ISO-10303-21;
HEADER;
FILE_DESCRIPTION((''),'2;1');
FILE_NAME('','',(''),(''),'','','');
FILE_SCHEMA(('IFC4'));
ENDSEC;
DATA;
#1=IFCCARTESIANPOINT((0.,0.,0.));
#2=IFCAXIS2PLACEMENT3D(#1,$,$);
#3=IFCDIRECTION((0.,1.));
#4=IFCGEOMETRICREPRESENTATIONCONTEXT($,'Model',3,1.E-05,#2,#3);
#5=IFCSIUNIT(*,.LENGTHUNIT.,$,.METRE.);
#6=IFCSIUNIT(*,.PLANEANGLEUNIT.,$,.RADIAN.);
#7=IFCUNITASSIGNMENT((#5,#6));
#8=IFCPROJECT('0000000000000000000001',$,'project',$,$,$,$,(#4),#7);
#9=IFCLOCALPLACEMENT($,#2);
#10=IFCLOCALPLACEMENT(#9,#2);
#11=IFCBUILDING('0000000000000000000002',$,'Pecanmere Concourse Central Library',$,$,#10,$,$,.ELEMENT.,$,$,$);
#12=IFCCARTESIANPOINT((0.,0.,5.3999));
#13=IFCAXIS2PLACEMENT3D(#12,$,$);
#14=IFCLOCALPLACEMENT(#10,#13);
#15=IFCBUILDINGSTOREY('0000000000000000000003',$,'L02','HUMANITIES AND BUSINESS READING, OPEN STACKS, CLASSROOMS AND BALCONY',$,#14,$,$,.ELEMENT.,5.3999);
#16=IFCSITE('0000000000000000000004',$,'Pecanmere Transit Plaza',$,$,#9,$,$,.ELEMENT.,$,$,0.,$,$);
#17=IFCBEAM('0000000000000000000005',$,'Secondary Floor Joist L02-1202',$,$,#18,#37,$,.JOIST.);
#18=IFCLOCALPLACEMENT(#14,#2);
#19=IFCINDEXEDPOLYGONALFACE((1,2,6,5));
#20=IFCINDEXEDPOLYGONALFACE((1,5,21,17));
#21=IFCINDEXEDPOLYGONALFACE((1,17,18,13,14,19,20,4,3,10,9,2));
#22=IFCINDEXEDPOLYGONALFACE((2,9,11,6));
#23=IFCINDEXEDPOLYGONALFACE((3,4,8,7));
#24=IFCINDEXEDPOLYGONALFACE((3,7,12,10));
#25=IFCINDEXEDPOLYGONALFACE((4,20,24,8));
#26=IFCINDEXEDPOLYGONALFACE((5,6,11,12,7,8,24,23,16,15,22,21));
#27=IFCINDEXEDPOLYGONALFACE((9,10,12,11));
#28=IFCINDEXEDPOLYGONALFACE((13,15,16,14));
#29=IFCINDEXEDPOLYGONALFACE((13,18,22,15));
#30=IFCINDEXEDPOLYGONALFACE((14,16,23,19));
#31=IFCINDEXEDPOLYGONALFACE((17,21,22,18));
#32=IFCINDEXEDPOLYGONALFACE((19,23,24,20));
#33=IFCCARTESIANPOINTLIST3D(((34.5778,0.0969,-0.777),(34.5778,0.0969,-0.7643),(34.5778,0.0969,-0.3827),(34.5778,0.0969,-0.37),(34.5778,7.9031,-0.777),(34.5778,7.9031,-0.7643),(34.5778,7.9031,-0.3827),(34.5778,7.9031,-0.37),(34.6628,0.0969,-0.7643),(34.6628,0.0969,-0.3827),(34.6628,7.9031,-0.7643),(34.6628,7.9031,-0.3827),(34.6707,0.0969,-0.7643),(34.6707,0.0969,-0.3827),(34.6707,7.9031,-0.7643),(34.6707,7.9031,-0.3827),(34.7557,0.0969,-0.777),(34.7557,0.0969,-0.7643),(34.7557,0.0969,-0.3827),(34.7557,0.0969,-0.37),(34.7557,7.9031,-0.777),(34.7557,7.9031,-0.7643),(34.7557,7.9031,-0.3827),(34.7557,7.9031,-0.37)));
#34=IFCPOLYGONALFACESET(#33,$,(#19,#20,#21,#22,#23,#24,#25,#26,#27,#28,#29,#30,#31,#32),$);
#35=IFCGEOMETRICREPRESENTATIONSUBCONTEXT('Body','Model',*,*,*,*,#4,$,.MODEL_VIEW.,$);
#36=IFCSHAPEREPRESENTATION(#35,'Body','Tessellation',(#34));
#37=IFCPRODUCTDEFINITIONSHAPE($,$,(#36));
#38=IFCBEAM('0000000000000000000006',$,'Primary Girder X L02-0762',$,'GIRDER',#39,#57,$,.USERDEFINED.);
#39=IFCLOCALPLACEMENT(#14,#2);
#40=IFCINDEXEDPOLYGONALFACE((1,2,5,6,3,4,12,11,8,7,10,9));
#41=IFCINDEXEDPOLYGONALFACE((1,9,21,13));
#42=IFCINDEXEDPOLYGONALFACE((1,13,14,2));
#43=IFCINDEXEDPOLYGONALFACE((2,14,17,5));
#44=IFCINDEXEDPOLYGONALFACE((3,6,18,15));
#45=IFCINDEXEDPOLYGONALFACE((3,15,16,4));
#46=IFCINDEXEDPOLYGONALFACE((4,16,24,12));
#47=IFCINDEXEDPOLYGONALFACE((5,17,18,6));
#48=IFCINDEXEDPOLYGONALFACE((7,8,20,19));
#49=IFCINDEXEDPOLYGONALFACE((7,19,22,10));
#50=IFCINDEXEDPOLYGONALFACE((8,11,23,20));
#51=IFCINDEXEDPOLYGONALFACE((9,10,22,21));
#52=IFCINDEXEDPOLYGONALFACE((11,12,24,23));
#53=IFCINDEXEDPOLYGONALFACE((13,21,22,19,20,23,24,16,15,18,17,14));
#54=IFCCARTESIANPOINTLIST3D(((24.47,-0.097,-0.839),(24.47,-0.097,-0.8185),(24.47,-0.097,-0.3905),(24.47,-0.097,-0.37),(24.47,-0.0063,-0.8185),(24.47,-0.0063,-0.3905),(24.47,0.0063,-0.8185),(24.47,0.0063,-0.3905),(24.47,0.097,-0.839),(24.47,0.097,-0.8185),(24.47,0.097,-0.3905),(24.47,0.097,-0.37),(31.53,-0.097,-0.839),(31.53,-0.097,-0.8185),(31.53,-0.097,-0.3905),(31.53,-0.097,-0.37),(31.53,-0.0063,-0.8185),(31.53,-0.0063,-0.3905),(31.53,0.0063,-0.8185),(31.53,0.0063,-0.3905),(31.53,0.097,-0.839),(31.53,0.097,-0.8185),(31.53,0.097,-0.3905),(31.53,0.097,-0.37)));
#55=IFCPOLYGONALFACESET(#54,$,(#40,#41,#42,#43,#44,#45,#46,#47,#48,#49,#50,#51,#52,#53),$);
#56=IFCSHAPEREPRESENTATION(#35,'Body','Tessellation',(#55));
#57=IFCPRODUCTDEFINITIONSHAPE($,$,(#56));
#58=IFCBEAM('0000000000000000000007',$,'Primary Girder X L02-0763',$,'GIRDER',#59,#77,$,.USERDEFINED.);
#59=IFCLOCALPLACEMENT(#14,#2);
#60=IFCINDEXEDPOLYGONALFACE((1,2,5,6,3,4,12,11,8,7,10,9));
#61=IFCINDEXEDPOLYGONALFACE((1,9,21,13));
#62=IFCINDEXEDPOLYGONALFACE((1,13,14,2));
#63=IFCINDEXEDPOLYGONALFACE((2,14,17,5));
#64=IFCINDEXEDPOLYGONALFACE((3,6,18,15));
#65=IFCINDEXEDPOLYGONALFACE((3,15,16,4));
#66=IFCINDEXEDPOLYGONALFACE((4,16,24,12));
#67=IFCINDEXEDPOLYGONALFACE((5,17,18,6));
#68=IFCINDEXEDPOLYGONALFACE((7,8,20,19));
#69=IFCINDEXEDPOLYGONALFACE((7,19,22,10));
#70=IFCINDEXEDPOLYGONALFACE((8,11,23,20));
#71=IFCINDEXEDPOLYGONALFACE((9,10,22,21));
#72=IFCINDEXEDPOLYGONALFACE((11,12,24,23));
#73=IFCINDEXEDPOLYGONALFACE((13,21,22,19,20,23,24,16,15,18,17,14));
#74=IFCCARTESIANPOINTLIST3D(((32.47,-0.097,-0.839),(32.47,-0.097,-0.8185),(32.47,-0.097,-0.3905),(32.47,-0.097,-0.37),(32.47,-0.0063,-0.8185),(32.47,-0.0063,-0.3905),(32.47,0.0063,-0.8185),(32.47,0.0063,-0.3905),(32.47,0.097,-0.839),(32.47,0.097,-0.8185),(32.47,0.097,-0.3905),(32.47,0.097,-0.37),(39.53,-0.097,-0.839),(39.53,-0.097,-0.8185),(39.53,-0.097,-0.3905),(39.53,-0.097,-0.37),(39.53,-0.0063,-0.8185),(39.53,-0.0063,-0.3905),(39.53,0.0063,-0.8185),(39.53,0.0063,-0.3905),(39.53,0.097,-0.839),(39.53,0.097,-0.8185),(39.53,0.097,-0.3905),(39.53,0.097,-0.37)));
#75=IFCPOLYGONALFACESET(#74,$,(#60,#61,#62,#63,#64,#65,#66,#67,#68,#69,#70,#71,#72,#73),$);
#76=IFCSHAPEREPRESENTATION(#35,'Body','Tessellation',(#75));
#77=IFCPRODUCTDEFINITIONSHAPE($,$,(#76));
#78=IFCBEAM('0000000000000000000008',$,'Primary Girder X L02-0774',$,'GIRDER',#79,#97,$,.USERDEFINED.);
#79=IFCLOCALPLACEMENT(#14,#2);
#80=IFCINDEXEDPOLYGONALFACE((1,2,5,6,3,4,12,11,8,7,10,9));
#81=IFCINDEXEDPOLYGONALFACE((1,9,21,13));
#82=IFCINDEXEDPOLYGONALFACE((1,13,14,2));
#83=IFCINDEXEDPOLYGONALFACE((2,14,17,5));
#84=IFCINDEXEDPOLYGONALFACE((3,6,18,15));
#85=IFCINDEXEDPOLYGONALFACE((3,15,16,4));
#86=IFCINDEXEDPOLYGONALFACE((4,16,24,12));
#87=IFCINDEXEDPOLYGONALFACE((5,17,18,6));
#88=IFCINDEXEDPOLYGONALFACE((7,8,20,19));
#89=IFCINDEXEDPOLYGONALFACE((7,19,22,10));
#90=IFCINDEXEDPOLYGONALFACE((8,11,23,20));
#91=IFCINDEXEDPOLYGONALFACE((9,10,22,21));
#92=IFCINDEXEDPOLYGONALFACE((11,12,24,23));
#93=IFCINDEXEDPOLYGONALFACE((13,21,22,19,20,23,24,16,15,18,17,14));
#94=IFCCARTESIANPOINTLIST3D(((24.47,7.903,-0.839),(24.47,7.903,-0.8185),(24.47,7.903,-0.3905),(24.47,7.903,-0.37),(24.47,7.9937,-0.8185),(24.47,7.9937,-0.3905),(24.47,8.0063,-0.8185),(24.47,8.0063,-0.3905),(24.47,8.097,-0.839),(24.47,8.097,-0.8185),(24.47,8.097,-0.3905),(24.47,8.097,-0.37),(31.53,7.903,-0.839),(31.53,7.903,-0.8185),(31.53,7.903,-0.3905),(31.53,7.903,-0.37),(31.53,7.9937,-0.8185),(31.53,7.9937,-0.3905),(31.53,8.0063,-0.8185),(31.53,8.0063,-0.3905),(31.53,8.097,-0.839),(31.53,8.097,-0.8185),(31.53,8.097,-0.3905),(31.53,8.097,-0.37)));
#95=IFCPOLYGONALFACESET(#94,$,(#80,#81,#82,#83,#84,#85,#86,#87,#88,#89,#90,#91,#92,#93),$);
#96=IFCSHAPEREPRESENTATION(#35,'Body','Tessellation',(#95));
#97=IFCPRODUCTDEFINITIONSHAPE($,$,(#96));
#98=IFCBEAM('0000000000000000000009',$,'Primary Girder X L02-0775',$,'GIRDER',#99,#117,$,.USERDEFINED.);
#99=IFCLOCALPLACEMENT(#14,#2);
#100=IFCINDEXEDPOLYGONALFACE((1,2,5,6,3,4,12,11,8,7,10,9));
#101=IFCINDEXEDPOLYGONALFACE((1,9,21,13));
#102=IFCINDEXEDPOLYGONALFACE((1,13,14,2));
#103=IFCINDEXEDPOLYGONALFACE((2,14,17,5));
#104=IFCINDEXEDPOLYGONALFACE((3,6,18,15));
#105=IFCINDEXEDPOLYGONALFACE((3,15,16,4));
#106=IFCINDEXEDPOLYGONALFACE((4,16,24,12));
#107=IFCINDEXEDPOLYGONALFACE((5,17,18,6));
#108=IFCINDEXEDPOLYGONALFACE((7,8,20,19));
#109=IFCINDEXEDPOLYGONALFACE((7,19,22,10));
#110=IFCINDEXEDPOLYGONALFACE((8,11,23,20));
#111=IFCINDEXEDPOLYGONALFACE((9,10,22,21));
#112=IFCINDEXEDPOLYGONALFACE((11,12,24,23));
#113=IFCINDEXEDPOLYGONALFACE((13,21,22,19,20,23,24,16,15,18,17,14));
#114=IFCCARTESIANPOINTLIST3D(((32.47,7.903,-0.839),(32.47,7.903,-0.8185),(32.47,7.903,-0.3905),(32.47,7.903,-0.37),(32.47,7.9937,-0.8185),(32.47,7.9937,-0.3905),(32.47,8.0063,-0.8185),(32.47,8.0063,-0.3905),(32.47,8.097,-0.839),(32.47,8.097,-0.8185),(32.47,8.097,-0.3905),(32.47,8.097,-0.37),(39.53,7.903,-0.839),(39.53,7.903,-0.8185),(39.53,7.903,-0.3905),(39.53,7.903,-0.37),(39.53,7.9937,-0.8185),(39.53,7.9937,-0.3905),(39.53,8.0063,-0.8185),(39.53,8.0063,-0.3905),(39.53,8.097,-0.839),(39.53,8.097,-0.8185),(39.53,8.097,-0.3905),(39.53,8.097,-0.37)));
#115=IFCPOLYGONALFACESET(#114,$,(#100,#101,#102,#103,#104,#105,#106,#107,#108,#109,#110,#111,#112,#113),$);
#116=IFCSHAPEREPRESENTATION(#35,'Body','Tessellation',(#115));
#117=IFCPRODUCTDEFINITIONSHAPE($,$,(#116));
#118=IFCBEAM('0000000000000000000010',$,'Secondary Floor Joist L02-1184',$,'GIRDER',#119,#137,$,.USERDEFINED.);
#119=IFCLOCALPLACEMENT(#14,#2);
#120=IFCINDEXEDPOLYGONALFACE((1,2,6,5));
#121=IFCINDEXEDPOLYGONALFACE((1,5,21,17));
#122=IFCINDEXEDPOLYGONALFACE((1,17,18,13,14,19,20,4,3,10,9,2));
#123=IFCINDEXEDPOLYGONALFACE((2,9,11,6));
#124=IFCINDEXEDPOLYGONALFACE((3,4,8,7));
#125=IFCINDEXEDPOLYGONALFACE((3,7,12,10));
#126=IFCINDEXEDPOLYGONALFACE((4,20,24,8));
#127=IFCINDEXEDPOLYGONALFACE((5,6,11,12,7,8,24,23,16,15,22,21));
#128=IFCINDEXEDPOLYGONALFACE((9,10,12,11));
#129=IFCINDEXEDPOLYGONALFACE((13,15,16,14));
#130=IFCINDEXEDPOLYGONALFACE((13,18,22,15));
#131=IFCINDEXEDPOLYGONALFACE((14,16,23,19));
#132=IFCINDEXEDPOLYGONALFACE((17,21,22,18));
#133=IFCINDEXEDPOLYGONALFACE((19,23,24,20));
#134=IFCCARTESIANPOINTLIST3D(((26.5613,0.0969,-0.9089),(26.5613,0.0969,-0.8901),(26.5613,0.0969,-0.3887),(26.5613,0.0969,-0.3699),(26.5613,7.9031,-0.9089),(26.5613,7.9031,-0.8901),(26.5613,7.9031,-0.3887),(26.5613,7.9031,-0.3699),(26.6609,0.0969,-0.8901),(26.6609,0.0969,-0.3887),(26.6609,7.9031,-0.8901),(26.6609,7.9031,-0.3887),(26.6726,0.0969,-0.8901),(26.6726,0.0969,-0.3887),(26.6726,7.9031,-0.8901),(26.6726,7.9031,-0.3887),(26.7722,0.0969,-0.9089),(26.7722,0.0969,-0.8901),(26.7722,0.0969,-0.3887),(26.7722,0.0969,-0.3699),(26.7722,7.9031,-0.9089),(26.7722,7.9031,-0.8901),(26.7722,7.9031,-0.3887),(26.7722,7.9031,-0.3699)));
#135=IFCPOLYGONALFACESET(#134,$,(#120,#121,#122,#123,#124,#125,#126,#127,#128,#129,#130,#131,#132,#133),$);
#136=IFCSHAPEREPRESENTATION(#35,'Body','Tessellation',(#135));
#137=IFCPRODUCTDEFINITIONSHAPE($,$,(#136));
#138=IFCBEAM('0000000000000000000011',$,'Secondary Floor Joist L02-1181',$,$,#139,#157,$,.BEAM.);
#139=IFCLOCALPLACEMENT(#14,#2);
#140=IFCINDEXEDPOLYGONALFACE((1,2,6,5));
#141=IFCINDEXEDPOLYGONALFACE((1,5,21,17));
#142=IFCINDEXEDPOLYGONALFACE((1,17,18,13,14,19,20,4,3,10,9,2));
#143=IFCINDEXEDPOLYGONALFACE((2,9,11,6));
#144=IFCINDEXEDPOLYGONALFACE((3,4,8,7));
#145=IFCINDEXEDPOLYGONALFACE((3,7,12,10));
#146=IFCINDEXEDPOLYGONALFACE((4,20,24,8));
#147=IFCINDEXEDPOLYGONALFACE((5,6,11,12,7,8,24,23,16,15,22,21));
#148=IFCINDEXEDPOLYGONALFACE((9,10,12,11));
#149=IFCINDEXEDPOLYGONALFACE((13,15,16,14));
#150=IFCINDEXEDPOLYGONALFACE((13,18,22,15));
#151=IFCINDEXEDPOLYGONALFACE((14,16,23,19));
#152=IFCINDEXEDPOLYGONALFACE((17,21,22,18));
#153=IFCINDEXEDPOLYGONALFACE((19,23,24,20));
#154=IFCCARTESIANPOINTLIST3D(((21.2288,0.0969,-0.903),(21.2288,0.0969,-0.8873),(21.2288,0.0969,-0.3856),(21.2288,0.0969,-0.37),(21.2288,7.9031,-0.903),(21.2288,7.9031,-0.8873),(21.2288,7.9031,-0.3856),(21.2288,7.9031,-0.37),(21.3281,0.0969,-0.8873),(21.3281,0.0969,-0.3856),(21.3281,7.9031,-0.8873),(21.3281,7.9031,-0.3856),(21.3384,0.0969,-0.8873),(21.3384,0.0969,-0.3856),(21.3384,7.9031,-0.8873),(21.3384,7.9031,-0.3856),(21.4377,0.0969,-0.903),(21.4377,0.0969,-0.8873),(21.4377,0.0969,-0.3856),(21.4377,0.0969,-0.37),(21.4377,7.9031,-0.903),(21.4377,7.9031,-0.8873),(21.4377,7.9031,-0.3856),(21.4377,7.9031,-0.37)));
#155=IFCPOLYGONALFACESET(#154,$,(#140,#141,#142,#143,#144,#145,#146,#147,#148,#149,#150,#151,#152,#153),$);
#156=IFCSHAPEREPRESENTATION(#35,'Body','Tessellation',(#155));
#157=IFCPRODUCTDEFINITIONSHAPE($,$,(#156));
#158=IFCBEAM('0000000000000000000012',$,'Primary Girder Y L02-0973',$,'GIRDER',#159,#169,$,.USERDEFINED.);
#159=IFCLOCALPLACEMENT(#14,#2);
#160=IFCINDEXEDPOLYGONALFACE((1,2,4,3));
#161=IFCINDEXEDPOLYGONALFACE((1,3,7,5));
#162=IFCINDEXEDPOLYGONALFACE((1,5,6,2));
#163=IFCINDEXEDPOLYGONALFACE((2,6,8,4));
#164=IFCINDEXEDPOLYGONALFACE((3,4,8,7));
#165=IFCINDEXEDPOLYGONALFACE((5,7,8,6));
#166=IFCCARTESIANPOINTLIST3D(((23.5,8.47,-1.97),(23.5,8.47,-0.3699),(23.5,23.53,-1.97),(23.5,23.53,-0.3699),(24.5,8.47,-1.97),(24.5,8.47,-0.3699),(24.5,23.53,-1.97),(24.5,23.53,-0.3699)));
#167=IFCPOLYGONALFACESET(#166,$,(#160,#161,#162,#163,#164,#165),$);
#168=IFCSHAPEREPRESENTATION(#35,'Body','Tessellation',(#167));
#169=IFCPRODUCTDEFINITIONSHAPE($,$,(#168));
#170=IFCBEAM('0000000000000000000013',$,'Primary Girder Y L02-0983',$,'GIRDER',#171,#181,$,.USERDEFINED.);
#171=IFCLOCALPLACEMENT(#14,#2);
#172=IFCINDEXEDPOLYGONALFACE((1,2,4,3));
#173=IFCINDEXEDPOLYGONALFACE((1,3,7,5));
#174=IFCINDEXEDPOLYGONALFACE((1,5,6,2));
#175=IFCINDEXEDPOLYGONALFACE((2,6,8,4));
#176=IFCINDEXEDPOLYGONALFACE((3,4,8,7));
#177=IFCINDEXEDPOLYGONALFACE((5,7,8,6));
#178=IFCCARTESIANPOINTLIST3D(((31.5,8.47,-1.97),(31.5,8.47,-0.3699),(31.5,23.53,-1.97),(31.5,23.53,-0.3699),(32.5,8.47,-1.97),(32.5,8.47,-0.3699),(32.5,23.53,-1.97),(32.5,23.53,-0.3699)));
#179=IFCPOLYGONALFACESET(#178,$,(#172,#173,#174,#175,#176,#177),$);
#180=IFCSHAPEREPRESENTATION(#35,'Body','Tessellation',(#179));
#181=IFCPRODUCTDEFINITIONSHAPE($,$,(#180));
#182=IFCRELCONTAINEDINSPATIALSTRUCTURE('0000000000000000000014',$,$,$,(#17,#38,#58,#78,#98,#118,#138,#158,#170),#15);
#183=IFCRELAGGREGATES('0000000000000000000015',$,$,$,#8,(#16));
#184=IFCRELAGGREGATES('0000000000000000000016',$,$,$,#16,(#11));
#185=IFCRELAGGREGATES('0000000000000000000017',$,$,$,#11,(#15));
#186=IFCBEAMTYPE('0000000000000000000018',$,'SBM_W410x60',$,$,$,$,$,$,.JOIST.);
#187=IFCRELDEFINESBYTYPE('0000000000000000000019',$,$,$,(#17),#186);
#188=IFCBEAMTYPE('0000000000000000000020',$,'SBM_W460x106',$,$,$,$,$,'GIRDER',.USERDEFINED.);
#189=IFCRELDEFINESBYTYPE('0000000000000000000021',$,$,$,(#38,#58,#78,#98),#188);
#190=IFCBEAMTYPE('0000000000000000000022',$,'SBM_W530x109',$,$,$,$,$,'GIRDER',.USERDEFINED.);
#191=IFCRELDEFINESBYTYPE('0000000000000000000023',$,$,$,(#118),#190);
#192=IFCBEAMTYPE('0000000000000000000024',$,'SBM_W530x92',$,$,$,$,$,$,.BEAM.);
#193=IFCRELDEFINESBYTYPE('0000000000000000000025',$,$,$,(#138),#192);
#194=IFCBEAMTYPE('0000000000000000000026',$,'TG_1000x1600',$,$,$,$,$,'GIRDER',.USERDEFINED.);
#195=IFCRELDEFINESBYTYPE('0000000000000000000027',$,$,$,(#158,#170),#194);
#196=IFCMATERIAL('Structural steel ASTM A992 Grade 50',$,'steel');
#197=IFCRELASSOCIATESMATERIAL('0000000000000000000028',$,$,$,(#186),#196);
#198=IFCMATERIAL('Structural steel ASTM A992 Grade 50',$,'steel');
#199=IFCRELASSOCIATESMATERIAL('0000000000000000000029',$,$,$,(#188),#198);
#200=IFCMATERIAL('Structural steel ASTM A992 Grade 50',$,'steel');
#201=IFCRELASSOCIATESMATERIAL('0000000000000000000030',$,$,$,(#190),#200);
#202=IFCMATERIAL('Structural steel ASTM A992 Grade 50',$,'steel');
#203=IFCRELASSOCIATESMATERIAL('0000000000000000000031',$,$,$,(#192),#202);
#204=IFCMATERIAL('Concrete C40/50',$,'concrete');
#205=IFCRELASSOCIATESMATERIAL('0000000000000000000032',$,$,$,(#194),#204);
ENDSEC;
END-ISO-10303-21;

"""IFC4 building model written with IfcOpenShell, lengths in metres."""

from ifc_helpers import new_model, si_unit, direction, frame, origin, origin_2d, place, context, subcontext, project, spatial, rectangle, i_section, extrude, material, material_profile, profile_set, type_object, element, save


model = new_model("IFC4")

# Units and contexts
model_context = context("Model", 3, precision=1e-05, world=origin(), true_north=direction((0.0, 1.0)))
body_context = subcontext(model_context, "Body", "Model", "MODEL_VIEW")
ifc_project = project(units=[si_unit("LENGTHUNIT", "METRE"), si_unit("PLANEANGLEUNIT", "RADIAN")], contexts=[model_context])

# Site, building, storey
site_placement = place(None, origin())
site = spatial("IfcSite", under=ifc_project, at=site_placement, Name="Pecanmere Transit Plaza", CompositionType="ELEMENT", RefElevation=0.0)
building_placement = place(site_placement, origin())
building = spatial("IfcBuilding", under=site, at=building_placement, Name="Pecanmere Concourse Central Library", CompositionType="ELEMENT")
storey_placement = place(building_placement, frame((0.0, 0.0, 5.3999)))
storey = spatial("IfcBuildingStorey", under=building, at=storey_placement, Name="L02", Description="HUMANITIES AND BUSINESS READING, OPEN STACKS, CLASSROOMS AND BALCONY", CompositionType="ELEMENT", Elevation=5.3999)

# Beams
ifc_material_1 = material(Name="Structural steel ASTM A992 Grade 50", Category="steel")
ifc_material_profile_1 = material_profile(ifc_material_1, i_section(OverallWidth=0.178, OverallDepth=0.407, WebThickness=0.0078, FlangeThickness=0.0127, at=origin_2d()), Name="W410x60")
ifc_profile_set_1 = profile_set([ifc_material_profile_1], Name="Structural steel ASTM A992 Grade 50")
beam_type_1 = type_object("IfcBeamType", Name="SBM_W410x60", PredefinedType="JOIST", material=ifc_profile_set_1)
beam_1_placement = place(storey_placement, frame((34.6667, 0.0969, -0.5735), z_axis=(0.0, 1.0, 0.0), x_axis=(-1.0, 0.0, 0.0)))
element("IfcBeam", 1, at=beam_1_placement, inside=storey, type_object=beam_type_1, Name="Secondary Floor Joist L02-1202", PredefinedType="JOIST", context=body_context, shape_type="SweptSolid", body=[
    extrude(i_section(OverallWidth=0.178, OverallDepth=0.407, WebThickness=0.0078, FlangeThickness=0.0127, at=origin_2d()), origin(), (0.0, 0.0, 1.0), 7.8062),
])
ifc_material_2 = material(Name="Structural steel ASTM A992 Grade 50", Category="steel")
ifc_material_profile_2 = material_profile(ifc_material_2, i_section(OverallWidth=0.1941, OverallDepth=0.469, WebThickness=0.0127, FlangeThickness=0.0205, at=origin_2d()), Name="W460x106")
ifc_profile_set_2 = profile_set([ifc_material_profile_2], Name="Structural steel ASTM A992 Grade 50")
beam_type_2 = type_object("IfcBeamType", Name="SBM_W460x106", ElementType="GIRDER", PredefinedType="USERDEFINED", material=ifc_profile_set_2)
for number, where, z_axis, x_axis, name in (
    (2, (24.47, 0.0, -0.6045), (1.0, 0.0, 0.0), (0.0, 1.0, 0.0), "Primary Girder X L02-0762"),
    (3, (32.47, 0.0, -0.6045), (1.0, 0.0, 0.0), (0.0, 1.0, 0.0), "Primary Girder X L02-0763"),
    (4, (24.47, 8.0, -0.6045), (1.0, 0.0, 0.0), (0.0, 1.0, 0.0), "Primary Girder X L02-0774"),
    (5, (32.47, 8.0, -0.6045), (1.0, 0.0, 0.0), (0.0, 1.0, 0.0), "Primary Girder X L02-0775"),
):
    element("IfcBeam", number, at=place(storey_placement, frame(where, z_axis=z_axis, x_axis=x_axis)), inside=storey, type_object=beam_type_2, Name=name, ObjectType="GIRDER", PredefinedType="USERDEFINED", context=body_context, shape_type="SweptSolid", body=[
        extrude(i_section(OverallWidth=0.1941, OverallDepth=0.469, WebThickness=0.0127, FlangeThickness=0.0205, at=origin_2d()), origin(), (0.0, 0.0, 1.0), 7.0601),
    ])
ifc_material_3 = material(Name="Structural steel ASTM A992 Grade 50", Category="steel")
ifc_material_profile_3 = material_profile(ifc_material_3, i_section(OverallWidth=0.2109, OverallDepth=0.5391, WebThickness=0.0117, FlangeThickness=0.0188, at=origin_2d()), Name="W530x109")
ifc_profile_set_3 = profile_set([ifc_material_profile_3], Name="Structural steel ASTM A992 Grade 50")
beam_type_3 = type_object("IfcBeamType", Name="SBM_W530x109", ElementType="GIRDER", PredefinedType="USERDEFINED", material=ifc_profile_set_3)
beam_2_placement = place(storey_placement, frame((26.6667, 0.0969, -0.6394), z_axis=(0.0, 1.0, 0.0), x_axis=(-1.0, 0.0, 0.0)))
element("IfcBeam", 6, at=beam_2_placement, inside=storey, type_object=beam_type_3, Name="Secondary Floor Joist L02-1184", ObjectType="GIRDER", PredefinedType="USERDEFINED", context=body_context, shape_type="SweptSolid", body=[
    extrude(i_section(OverallWidth=0.2109, OverallDepth=0.5391, WebThickness=0.0117, FlangeThickness=0.0188, at=origin_2d()), origin(), (0.0, 0.0, 1.0), 7.8062),
])
ifc_material_4 = material(Name="Structural steel ASTM A992 Grade 50", Category="steel")
ifc_material_profile_4 = material_profile(ifc_material_4, i_section(OverallWidth=0.209, OverallDepth=0.533, WebThickness=0.0103, FlangeThickness=0.0156, at=origin_2d()), Name="W530x92")
ifc_profile_set_4 = profile_set([ifc_material_profile_4], Name="Structural steel ASTM A992 Grade 50")
beam_type_4 = type_object("IfcBeamType", Name="SBM_W530x92", PredefinedType="BEAM", material=ifc_profile_set_4)
beam_3_placement = place(storey_placement, frame((21.3333, 0.0969, -0.6365), z_axis=(0.0, 1.0, 0.0), x_axis=(-1.0, 0.0, 0.0)))
element("IfcBeam", 7, at=beam_3_placement, inside=storey, type_object=beam_type_4, Name="Secondary Floor Joist L02-1181", PredefinedType="BEAM", context=body_context, shape_type="SweptSolid", body=[
    extrude(i_section(OverallWidth=0.209, OverallDepth=0.533, WebThickness=0.0103, FlangeThickness=0.0156, at=origin_2d()), origin(), (0.0, 0.0, 1.0), 7.8062),
])
ifc_material_5 = material(Name="Concrete C40/50", Category="concrete")
ifc_material_profile_5 = material_profile(ifc_material_5, rectangle(XDim=1.0, YDim=1.6001, at=origin_2d()), Name="RC 1000x1600")
ifc_profile_set_5 = profile_set([ifc_material_profile_5], Name="Concrete C40/50")
beam_type_5 = type_object("IfcBeamType", Name="TG_1000x1600", ElementType="GIRDER", PredefinedType="USERDEFINED", material=ifc_profile_set_5)
for number, where, z_axis, x_axis, name in (
    (8, (24.0, 8.47, -1.1699), (0.0, 1.0, 0.0), (-1.0, 0.0, 0.0), "Primary Girder Y L02-0973"),
    (9, (32.0, 8.47, -1.1699), (0.0, 1.0, 0.0), (-1.0, 0.0, 0.0), "Primary Girder Y L02-0983"),
):
    element("IfcBeam", number, at=place(storey_placement, frame(where, z_axis=z_axis, x_axis=x_axis)), inside=storey, type_object=beam_type_5, Name=name, ObjectType="GIRDER", PredefinedType="USERDEFINED", context=body_context, shape_type="SweptSolid", body=[
        extrude(rectangle(XDim=1.0, YDim=1.6001, at=origin_2d()), origin(), (0.0, 0.0, 1.0), 15.0601),
    ])

save(model, "model.ifc")
